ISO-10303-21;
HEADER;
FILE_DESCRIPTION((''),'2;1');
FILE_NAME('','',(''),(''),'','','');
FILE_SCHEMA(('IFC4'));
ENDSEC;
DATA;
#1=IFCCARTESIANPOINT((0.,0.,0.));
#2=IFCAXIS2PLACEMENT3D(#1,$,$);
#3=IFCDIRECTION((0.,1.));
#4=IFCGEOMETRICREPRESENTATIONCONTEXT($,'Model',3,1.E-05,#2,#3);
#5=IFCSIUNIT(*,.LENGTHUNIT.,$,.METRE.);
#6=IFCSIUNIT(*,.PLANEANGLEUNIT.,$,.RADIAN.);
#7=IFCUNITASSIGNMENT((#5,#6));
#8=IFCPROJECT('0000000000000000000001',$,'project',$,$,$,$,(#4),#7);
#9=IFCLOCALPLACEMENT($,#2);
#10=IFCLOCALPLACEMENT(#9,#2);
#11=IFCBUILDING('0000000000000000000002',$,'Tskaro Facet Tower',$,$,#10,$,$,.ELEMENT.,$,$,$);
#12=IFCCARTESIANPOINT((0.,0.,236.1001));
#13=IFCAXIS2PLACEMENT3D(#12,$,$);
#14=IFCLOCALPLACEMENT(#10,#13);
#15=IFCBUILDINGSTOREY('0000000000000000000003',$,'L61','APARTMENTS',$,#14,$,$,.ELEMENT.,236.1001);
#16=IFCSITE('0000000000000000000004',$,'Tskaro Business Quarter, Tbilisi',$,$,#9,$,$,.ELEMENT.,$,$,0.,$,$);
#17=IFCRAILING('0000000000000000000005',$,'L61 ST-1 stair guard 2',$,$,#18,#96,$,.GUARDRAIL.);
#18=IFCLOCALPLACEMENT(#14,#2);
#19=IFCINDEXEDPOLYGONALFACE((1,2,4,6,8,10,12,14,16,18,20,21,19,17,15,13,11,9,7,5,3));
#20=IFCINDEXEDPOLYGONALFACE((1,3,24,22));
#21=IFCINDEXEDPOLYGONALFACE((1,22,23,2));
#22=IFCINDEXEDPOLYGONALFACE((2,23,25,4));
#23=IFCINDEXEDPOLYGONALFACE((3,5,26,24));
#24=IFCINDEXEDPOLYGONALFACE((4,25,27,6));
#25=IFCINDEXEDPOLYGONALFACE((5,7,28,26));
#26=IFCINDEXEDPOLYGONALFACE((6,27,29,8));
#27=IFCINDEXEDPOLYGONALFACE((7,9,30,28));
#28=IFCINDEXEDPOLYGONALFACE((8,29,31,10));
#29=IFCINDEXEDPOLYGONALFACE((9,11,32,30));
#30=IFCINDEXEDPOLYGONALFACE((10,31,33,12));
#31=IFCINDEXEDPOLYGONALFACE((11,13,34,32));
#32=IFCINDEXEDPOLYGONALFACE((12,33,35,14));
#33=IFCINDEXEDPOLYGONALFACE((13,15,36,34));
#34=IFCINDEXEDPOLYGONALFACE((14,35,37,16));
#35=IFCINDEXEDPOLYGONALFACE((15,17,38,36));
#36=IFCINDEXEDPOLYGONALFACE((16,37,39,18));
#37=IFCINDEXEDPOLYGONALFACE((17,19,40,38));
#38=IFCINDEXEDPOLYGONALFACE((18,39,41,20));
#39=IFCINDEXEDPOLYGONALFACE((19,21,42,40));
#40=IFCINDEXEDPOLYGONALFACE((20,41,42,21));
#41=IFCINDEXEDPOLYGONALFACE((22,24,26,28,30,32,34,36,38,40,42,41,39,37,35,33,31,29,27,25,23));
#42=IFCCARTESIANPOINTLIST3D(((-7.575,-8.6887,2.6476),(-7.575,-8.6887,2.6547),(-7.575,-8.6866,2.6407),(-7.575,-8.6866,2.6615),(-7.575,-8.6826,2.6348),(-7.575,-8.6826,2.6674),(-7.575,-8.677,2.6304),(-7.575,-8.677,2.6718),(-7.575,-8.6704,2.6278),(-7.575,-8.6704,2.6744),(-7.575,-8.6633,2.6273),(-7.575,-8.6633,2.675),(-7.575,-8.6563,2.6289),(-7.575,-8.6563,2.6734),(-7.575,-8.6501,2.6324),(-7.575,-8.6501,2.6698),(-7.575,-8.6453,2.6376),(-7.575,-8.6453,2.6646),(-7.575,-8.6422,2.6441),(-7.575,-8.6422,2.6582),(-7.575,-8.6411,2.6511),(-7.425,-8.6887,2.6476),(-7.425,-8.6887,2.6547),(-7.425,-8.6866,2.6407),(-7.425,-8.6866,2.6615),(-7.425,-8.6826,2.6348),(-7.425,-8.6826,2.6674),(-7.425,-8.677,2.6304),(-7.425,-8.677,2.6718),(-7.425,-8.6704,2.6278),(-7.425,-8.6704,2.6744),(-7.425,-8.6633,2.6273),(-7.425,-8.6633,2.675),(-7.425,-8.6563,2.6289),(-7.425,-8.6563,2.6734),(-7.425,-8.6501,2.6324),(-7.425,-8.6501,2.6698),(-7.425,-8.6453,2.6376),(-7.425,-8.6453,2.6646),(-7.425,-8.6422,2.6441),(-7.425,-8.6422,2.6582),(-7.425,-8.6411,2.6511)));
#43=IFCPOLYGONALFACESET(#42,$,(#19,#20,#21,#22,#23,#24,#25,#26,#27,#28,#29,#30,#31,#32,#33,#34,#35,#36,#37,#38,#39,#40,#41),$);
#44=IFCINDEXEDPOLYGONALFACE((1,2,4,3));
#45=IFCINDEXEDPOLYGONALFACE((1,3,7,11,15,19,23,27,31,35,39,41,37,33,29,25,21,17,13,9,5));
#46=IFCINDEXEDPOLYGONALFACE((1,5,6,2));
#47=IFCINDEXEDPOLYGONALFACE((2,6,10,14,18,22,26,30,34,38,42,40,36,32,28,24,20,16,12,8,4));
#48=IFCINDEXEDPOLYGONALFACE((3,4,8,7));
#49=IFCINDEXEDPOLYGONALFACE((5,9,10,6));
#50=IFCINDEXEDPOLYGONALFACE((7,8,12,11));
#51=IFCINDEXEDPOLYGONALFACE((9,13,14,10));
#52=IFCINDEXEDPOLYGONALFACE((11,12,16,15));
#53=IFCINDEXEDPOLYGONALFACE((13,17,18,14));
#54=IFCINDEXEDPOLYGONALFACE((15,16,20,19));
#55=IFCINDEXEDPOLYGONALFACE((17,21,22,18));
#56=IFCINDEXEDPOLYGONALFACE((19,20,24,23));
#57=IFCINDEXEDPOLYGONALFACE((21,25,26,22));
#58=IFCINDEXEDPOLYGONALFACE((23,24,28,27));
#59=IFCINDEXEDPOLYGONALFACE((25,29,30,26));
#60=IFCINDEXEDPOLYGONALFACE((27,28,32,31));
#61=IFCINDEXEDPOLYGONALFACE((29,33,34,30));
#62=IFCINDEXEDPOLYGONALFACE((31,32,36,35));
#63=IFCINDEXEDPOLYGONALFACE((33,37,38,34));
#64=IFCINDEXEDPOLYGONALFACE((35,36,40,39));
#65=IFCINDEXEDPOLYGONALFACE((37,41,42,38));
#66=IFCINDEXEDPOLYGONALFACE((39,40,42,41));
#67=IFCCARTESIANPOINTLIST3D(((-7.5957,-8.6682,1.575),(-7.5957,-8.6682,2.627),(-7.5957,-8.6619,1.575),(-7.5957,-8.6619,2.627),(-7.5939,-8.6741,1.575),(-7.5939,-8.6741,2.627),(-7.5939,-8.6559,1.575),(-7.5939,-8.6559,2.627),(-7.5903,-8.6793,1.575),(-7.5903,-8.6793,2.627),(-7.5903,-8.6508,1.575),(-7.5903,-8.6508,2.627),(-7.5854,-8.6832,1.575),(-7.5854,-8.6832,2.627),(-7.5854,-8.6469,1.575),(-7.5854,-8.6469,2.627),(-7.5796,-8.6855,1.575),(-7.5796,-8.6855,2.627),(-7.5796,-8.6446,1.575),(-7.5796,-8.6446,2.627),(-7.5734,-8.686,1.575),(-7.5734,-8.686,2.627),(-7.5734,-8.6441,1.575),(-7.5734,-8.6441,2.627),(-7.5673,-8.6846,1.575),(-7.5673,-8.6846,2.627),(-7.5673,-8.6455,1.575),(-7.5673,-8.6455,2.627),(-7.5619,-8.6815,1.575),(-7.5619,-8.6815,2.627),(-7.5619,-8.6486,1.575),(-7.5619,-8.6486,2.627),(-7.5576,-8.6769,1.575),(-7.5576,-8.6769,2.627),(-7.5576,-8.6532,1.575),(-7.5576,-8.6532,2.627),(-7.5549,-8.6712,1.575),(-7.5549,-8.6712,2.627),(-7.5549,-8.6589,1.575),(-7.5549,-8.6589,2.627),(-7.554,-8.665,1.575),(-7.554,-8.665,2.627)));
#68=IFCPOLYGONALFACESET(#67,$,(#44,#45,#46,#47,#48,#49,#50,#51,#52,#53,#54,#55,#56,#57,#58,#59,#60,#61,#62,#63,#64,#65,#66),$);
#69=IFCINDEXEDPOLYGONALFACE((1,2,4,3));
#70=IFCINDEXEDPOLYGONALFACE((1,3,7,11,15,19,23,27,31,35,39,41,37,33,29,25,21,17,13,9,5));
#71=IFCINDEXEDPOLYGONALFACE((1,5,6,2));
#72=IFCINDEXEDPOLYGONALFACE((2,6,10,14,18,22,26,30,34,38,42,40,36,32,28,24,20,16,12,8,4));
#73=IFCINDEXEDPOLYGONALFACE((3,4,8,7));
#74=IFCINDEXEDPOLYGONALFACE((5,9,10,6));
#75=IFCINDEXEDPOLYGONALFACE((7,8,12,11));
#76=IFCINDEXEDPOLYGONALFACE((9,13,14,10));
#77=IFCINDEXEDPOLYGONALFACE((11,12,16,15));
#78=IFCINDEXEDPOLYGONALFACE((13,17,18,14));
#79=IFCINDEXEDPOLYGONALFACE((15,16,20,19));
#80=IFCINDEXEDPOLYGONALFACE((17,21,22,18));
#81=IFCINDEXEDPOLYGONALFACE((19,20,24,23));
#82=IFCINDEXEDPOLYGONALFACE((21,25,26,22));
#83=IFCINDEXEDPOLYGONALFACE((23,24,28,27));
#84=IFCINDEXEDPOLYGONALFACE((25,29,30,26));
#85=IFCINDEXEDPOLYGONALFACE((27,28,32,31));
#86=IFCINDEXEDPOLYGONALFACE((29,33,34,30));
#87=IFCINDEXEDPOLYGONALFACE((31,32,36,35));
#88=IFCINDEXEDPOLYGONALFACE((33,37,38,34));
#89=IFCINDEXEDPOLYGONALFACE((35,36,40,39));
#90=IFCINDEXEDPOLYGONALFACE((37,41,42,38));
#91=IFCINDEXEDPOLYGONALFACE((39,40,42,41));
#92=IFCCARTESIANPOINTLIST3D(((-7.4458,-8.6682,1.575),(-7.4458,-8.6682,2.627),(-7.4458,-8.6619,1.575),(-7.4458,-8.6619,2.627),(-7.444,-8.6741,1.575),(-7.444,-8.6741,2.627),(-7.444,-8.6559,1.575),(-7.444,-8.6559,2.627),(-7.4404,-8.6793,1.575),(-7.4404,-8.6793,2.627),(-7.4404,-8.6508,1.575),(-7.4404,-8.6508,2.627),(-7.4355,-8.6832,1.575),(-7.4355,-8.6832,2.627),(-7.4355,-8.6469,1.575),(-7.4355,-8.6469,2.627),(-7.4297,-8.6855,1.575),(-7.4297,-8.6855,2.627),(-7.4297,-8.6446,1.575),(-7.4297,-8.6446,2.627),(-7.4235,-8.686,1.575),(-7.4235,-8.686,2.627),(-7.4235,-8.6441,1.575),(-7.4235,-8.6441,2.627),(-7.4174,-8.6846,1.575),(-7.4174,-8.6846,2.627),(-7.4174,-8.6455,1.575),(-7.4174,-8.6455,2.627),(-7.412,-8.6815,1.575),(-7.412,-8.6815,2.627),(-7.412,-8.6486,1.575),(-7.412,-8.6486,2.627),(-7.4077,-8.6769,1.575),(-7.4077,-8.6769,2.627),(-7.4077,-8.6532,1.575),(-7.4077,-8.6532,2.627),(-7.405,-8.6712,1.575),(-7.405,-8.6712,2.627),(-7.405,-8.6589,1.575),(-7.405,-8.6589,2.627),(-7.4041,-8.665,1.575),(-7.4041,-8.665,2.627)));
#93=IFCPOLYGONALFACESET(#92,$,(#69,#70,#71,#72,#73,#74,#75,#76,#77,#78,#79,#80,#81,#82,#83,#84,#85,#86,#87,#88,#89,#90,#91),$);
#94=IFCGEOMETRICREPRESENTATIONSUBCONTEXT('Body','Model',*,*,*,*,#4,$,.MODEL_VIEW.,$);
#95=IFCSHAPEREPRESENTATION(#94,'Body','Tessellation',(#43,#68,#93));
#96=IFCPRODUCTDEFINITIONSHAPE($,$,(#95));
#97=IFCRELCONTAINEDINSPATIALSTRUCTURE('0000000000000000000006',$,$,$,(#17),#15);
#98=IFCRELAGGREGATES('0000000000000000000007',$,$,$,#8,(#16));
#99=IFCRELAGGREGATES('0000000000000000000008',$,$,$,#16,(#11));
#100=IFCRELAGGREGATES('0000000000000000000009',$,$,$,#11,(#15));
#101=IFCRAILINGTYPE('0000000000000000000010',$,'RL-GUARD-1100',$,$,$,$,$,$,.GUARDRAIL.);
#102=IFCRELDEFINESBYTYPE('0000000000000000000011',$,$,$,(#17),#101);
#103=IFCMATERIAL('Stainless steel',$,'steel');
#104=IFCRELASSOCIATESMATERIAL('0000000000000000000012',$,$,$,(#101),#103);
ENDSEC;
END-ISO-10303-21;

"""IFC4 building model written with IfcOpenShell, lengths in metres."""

from ifc_helpers import new_model, si_unit, direction, frame, origin, origin_2d, place, context, subcontext, project, spatial, circle, extrude, material, type_object, element, save


model = new_model("IFC4")

# Units and contexts
model_context = context("Model", 3, precision=1e-05, world=origin(), true_north=direction((0.0, 1.0)))
body_context = subcontext(model_context, "Body", "Model", "MODEL_VIEW")
ifc_project = project(units=[si_unit("LENGTHUNIT", "METRE"), si_unit("PLANEANGLEUNIT", "RADIAN")], contexts=[model_context])

# Site, building, storey
site_placement = place(None, origin())
site = spatial("IfcSite", under=ifc_project, at=site_placement, Name="Tskaro Business Quarter, Tbilisi", CompositionType="ELEMENT", RefElevation=0.0)
building_placement = place(site_placement, origin())
building = spatial("IfcBuilding", under=site, at=building_placement, Name="Tskaro Facet Tower", CompositionType="ELEMENT")
storey_placement = place(building_placement, frame((0.0, 0.0, 236.1001)))
storey = spatial("IfcBuildingStorey", under=building, at=storey_placement, Name="L61", Description="APARTMENTS", CompositionType="ELEMENT", Elevation=236.1001)

# Shared definitions
ifc_material_1 = material(Name="Stainless steel", Category="steel")

# Railing
railing_type_1 = type_object("IfcRailingType", Name="RL-GUARD-1100", PredefinedType="GUARDRAIL", material=ifc_material_1)
railing_1_placement = place(storey_placement, frame((-7.575, -8.665, 1.575)))
element("IfcRailing", 1, at=railing_1_placement, inside=storey, type_object=railing_type_1, Name="L61 ST-1 stair guard 2", PredefinedType="GUARDRAIL", context=body_context, shape_type="SweptSolid", body=[
    extrude(circle(Radius=0.0239, at=origin_2d()), frame((0.0, 0.0, 1.0762), z_axis=(1.0, 0.0, 0.0), x_axis=(0.0, 1.0, 0.0)), (0.0, 0.0, 1.0), 0.1499),
    extrude(circle(Radius=0.021, at=origin_2d()), origin(), (0.0, 0.0, 1.0), 1.052),
    extrude(circle(Radius=0.021, at=origin_2d()), frame((0.1499, 0.0, 0.0)), (0.0, 0.0, 1.0), 1.052),
])

save(model, "model.ifc")
